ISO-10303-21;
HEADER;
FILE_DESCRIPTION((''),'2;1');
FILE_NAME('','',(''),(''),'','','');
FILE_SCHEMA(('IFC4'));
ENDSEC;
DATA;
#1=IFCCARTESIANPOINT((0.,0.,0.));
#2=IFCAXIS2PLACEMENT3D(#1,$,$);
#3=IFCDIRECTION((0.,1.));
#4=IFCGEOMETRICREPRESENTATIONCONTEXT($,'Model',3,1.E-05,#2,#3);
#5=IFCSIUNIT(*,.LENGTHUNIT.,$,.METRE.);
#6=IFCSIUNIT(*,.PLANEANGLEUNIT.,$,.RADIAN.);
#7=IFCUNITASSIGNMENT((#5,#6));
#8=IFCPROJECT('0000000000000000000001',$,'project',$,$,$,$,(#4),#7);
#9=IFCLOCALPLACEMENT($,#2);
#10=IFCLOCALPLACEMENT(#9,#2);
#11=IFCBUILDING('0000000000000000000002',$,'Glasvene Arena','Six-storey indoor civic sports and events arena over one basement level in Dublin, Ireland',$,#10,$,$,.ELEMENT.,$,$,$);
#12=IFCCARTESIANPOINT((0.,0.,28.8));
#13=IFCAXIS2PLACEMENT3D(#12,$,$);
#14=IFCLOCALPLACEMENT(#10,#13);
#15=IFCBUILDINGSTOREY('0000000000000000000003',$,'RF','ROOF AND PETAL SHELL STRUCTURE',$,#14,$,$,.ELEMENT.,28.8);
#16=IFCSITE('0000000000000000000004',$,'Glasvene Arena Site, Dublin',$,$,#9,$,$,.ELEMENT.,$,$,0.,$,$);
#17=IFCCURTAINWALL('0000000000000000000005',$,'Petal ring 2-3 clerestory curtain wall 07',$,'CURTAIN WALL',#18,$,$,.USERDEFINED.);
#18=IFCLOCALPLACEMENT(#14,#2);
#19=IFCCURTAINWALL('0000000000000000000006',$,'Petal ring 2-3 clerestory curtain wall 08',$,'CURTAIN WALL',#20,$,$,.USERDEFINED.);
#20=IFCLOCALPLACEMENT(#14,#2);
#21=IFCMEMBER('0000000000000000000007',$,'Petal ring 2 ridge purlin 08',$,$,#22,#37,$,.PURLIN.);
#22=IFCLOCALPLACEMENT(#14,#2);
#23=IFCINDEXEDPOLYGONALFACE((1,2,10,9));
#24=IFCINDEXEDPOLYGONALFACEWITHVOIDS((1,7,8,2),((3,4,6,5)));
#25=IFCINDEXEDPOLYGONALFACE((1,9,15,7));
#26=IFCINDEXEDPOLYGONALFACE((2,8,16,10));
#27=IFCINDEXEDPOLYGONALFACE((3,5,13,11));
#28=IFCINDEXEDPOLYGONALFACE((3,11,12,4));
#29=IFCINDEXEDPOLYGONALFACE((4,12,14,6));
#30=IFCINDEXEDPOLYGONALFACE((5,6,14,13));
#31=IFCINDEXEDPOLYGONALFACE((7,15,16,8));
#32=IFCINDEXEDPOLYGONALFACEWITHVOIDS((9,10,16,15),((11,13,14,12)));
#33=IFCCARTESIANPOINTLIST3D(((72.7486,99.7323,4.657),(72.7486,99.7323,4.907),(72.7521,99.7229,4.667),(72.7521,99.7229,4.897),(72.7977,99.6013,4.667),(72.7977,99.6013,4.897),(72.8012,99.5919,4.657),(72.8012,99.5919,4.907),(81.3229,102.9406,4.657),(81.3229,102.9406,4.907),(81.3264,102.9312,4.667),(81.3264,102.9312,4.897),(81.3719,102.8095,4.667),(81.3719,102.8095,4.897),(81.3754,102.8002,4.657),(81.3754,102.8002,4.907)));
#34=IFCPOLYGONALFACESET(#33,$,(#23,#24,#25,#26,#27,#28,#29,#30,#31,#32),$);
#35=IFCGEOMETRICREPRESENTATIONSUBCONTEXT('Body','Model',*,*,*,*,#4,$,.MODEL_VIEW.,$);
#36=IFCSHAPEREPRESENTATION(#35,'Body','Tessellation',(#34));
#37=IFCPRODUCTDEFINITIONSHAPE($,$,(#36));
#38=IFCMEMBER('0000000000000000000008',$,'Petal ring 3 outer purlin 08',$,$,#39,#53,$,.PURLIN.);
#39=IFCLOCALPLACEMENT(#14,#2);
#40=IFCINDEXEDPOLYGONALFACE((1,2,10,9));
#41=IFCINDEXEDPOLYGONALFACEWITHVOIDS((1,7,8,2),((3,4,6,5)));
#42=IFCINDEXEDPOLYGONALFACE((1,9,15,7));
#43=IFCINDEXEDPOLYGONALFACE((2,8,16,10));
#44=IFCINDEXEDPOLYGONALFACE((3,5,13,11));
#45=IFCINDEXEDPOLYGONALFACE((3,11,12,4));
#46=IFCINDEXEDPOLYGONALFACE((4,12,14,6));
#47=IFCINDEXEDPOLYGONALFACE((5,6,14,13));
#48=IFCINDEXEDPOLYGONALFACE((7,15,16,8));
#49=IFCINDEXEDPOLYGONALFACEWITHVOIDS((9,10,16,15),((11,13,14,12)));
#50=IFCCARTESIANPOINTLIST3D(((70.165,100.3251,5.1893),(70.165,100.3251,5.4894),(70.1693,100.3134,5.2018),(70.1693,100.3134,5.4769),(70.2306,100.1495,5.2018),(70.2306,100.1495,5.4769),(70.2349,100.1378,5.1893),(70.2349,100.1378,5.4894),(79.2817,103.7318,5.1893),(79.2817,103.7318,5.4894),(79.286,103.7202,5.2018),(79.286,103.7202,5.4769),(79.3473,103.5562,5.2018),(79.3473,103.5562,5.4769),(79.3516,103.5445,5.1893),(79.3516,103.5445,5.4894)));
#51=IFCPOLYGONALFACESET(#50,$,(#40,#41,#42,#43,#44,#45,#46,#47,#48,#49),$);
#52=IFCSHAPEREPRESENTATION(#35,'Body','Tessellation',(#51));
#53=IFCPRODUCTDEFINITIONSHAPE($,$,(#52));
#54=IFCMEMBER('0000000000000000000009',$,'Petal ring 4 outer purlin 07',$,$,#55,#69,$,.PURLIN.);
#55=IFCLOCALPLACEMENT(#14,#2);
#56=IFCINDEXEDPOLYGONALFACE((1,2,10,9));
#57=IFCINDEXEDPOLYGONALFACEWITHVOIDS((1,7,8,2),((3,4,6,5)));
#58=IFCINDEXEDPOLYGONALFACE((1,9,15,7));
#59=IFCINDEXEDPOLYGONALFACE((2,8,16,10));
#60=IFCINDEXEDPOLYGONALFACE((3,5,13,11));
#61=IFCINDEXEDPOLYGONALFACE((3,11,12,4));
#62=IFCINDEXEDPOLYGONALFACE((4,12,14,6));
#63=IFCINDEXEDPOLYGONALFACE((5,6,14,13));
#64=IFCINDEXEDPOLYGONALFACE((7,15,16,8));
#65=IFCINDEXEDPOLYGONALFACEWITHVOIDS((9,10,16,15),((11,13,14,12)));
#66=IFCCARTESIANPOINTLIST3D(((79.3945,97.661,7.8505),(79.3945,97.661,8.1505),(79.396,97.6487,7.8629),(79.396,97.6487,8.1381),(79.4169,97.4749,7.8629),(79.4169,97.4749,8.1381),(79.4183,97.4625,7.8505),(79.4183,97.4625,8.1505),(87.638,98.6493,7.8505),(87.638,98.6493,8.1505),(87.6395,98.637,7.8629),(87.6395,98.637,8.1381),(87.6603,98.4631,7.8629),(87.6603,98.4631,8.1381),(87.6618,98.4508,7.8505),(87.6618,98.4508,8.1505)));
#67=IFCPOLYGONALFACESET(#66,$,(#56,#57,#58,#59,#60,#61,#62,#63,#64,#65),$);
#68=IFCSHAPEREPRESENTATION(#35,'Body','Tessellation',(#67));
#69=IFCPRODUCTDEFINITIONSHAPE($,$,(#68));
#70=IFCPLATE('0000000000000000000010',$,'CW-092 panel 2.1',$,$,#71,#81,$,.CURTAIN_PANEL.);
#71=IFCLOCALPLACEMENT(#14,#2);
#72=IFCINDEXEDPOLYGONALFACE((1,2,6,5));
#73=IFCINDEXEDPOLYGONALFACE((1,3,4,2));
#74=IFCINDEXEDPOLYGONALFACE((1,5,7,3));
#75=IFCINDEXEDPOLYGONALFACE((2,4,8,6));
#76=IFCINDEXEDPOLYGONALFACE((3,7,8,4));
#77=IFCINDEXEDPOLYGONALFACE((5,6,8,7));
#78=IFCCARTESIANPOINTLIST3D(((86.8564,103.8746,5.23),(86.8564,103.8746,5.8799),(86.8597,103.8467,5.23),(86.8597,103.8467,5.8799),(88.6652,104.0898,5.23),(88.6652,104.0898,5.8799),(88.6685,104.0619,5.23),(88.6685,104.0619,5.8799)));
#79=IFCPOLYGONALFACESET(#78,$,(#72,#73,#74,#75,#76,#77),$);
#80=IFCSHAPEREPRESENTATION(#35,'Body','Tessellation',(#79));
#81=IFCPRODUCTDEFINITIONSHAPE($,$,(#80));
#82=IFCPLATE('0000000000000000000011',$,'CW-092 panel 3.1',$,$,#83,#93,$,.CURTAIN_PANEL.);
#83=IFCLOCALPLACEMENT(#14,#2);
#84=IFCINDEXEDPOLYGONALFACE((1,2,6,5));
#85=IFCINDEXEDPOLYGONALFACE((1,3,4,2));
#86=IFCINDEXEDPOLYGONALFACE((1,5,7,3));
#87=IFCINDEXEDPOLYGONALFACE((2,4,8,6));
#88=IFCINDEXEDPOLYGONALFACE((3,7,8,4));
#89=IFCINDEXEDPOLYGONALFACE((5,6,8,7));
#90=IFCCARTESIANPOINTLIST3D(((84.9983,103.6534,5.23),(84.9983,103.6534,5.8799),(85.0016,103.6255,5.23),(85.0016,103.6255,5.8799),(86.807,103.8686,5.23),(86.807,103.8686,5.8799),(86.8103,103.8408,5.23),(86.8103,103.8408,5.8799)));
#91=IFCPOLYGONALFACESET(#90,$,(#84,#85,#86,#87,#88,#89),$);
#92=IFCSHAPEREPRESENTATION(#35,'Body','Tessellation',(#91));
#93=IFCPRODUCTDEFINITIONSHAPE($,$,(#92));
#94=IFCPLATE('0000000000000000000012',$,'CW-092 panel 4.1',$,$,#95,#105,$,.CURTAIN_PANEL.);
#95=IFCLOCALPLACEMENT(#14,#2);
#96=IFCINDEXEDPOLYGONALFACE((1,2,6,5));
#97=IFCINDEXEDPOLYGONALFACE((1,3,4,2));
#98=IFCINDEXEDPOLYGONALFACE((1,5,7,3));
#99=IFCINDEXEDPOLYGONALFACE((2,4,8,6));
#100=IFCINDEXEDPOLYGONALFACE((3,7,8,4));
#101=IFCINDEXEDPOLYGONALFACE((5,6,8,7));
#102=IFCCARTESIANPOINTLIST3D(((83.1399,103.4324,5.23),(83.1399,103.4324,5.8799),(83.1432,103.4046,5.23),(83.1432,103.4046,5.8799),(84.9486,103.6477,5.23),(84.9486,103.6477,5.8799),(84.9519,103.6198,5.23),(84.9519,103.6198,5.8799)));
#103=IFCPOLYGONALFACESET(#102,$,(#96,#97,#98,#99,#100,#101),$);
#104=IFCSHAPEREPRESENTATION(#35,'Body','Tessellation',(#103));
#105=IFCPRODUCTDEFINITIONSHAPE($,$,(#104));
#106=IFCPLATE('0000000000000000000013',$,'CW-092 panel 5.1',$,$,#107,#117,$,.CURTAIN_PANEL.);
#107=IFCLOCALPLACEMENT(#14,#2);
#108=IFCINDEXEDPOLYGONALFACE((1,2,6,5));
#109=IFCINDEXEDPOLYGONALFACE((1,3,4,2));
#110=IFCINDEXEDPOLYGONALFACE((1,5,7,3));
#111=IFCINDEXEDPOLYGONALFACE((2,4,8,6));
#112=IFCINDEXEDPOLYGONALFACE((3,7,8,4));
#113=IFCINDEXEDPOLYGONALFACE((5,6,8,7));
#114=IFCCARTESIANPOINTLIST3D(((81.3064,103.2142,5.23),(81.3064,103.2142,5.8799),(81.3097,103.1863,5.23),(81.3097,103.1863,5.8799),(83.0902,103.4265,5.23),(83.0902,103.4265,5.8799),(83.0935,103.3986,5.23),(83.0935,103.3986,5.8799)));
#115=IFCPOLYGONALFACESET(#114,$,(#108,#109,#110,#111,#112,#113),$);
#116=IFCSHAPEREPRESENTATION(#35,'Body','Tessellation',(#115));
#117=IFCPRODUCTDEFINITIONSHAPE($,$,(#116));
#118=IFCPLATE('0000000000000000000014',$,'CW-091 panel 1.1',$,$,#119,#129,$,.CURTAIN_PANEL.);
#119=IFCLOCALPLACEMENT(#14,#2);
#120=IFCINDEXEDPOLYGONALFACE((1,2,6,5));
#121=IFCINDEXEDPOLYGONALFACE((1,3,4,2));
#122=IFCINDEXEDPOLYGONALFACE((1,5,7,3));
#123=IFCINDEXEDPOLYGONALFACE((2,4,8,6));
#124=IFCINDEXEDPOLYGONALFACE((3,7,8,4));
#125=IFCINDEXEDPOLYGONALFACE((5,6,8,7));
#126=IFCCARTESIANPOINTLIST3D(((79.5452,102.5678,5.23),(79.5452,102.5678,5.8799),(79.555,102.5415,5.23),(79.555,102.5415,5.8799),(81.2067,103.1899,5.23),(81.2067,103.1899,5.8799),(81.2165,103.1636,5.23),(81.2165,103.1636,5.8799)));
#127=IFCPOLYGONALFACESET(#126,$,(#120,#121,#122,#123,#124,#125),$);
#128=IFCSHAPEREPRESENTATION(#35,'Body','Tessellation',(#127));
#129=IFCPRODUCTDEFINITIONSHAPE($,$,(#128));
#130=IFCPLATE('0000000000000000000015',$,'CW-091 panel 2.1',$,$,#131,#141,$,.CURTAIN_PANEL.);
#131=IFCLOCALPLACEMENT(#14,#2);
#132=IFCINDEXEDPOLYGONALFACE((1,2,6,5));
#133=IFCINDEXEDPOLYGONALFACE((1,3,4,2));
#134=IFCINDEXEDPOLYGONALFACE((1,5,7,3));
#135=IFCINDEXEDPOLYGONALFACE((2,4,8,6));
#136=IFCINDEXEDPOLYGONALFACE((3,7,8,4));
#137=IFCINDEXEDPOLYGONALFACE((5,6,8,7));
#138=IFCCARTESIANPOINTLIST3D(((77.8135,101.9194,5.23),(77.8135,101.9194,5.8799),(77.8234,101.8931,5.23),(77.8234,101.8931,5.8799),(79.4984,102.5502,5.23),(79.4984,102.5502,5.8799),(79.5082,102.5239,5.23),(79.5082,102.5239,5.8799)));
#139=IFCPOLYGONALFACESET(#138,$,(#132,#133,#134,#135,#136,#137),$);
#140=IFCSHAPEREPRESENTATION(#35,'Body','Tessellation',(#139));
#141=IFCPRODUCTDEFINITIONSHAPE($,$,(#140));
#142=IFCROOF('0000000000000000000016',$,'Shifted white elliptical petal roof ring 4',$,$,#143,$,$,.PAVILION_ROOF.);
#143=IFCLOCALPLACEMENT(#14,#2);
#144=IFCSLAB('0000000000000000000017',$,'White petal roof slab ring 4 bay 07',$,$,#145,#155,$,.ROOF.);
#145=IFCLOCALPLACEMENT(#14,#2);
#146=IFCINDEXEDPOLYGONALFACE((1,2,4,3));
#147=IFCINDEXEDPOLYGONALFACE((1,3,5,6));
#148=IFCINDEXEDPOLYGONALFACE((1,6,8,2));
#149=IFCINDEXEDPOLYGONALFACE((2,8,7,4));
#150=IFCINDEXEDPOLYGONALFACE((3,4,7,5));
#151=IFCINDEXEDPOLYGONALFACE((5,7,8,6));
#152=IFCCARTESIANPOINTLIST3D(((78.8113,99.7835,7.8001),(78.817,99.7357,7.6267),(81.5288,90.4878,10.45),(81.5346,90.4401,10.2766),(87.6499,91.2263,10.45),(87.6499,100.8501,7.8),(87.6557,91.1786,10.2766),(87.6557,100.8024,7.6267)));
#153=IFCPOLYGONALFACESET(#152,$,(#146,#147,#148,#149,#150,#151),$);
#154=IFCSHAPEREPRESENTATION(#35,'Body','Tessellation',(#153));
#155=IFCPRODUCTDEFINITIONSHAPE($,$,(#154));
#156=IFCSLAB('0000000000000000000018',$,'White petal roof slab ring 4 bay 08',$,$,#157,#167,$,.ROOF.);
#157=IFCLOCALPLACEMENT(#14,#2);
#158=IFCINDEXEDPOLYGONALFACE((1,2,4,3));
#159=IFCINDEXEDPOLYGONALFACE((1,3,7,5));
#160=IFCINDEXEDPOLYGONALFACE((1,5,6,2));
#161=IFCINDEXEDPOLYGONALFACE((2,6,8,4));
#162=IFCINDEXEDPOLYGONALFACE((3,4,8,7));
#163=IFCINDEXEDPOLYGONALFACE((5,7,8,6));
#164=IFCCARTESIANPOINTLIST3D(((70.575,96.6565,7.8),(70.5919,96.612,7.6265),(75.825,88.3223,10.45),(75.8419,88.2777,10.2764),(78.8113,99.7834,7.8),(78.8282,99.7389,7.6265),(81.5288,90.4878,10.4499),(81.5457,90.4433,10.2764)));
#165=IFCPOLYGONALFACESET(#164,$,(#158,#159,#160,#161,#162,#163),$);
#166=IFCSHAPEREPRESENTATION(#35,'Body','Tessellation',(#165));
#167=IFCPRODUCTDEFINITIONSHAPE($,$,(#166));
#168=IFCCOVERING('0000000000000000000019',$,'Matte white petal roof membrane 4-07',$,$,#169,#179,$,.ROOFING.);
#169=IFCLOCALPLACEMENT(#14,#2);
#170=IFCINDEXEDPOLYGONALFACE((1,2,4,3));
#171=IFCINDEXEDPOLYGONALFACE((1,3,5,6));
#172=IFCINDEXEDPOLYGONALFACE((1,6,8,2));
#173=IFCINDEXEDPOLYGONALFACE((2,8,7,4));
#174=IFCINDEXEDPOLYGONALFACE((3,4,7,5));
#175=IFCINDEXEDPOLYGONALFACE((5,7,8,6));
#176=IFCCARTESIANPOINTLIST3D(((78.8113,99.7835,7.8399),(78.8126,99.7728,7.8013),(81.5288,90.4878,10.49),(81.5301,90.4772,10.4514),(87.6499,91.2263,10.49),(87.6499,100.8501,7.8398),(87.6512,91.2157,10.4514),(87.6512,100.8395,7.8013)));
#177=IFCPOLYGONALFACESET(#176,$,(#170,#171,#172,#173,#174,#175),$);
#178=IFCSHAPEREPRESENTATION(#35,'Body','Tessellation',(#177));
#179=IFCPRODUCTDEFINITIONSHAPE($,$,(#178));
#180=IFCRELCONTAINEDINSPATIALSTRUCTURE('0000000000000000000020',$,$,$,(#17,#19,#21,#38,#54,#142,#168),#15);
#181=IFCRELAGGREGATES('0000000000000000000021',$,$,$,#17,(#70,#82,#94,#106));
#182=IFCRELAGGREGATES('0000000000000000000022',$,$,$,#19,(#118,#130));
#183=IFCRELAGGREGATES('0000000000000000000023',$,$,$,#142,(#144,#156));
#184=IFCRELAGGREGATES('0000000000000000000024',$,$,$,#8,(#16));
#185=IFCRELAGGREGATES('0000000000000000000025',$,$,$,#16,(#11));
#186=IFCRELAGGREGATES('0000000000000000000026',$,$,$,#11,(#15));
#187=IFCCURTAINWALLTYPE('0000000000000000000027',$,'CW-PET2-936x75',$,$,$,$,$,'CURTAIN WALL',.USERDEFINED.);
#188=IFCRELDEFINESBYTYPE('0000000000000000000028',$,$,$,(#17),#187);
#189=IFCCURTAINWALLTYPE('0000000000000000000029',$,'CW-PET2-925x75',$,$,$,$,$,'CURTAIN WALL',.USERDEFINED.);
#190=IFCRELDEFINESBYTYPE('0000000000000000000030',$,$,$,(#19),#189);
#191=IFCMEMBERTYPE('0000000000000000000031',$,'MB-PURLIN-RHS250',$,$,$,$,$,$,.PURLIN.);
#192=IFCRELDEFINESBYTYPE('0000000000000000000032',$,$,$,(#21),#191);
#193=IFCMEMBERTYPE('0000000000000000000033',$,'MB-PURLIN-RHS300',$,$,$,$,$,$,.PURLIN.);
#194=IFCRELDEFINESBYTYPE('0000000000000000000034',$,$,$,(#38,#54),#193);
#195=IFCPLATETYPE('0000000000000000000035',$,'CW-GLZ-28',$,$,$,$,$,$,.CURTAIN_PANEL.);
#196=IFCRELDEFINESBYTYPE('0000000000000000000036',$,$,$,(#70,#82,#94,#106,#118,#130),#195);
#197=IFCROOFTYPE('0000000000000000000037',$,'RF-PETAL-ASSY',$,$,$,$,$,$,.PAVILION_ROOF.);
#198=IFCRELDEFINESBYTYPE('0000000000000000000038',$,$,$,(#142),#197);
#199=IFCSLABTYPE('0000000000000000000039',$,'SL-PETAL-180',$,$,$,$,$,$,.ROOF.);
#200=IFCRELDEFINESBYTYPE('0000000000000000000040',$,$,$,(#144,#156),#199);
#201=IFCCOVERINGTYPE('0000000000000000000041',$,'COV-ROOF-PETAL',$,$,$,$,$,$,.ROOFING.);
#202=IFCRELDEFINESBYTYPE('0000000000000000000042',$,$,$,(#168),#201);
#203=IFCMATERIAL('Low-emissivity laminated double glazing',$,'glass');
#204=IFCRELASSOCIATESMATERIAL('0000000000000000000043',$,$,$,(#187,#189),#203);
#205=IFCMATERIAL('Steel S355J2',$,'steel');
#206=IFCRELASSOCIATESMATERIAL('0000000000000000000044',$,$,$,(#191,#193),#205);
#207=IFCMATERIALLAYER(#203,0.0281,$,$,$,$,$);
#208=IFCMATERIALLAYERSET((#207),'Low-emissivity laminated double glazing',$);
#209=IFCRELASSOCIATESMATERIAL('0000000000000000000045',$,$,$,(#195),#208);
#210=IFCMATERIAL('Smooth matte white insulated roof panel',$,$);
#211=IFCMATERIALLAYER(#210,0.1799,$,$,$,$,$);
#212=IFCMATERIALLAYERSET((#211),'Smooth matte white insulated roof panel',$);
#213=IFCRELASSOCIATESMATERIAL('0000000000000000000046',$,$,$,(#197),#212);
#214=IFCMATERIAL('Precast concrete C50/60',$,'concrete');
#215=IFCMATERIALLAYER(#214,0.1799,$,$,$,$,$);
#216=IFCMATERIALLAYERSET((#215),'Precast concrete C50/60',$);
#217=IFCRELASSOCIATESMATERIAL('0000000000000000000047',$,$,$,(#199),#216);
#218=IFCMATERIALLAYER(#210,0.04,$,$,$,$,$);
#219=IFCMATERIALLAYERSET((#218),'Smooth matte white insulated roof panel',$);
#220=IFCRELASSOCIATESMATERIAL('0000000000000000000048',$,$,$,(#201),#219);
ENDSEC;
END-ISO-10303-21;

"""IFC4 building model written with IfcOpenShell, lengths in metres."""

from ifc_helpers import new_model, si_unit, direction, frame, origin, origin_2d, place, context, subcontext, project, spatial, polyline, rectangle, hollow_rectangle, outline, extrude, material, layer, layer_set, material_profile, profile_set, type_object, element, aggregate, save


model = new_model("IFC4")

# Units and contexts
model_context = context("Model", 3, precision=1e-05, world=origin(), true_north=direction((0.0, 1.0)))
body_context = subcontext(model_context, "Body", "Model", "MODEL_VIEW")
ifc_project = project(units=[si_unit("LENGTHUNIT", "METRE"), si_unit("PLANEANGLEUNIT", "RADIAN")], contexts=[model_context])

# Site, building, storey
site_placement = place(None, origin())
site = spatial("IfcSite", under=ifc_project, at=site_placement, Name="Glasvene Arena Site, Dublin", CompositionType="ELEMENT", RefElevation=0.0)
building_placement = place(site_placement, origin())
building = spatial("IfcBuilding", under=site, at=building_placement, Name="Glasvene Arena", Description="Six-storey indoor civic sports and events arena over one basement level in Dublin, Ireland", CompositionType="ELEMENT")
storey_placement = place(building_placement, frame((0.0, 0.0, 28.8)))
storey = spatial("IfcBuildingStorey", under=building, at=storey_placement, Name="RF", Description="ROOF AND PETAL SHELL STRUCTURE", CompositionType="ELEMENT", Elevation=28.8)

# Curtain walls
ifc_material_1 = material(Name="Low-emissivity laminated double glazing", Category="glass")
curtain_wall_type_1 = type_object("IfcCurtainWallType", Name="CW-PET2-936x75", ElementType="CURTAIN WALL", PredefinedType="USERDEFINED", material=ifc_material_1)
curtain_wall_1_placement = place(storey_placement, frame((90.55, 104.3, 0.0)))
curtain_wall_1 = element("IfcCurtainWall", 1, at=curtain_wall_1_placement, inside=storey, type_object=curtain_wall_type_1, Name="Petal ring 2-3 clerestory curtain wall 07", ObjectType="CURTAIN WALL", PredefinedType="USERDEFINED")
curtain_wall_type_2 = type_object("IfcCurtainWallType", Name="CW-PET2-925x75", ElementType="CURTAIN WALL", PredefinedType="USERDEFINED", material=ifc_material_1)
curtain_wall_2_placement = place(storey_placement, frame((81.2583, 103.1943, 0.0)))
curtain_wall_2 = element("IfcCurtainWall", 2, at=curtain_wall_2_placement, inside=storey, type_object=curtain_wall_type_2, Name="Petal ring 2-3 clerestory curtain wall 08", ObjectType="CURTAIN WALL", PredefinedType="USERDEFINED")

# Members
ifc_material_2 = material(Name="Steel S355J2", Category="steel")
ifc_material_profile_1 = material_profile(ifc_material_2, hollow_rectangle(XDim=0.1499, YDim=0.25, WallThickness=0.01, at=origin_2d()), Name="RHS 250x150x10.0")
ifc_profile_set_1 = profile_set([ifc_material_profile_1], Name="Steel S355J2")
member_type_1 = type_object("IfcMemberType", Name="MB-PURLIN-RHS250", PredefinedType="PURLIN", material=ifc_profile_set_1)
member_1_placement = place(storey_placement, frame((81.3491, 102.8704, 4.782), z_axis=(-0.936583, -0.350445, 0.0), x_axis=(0.350445, -0.936583, 0.0)))
element("IfcMember", 3, at=member_1_placement, inside=storey, type_object=member_type_1, Name="Petal ring 2 ridge purlin 08", PredefinedType="PURLIN", context=body_context, shape_type="SweptSolid", body=[
    extrude(hollow_rectangle(XDim=0.1499, YDim=0.25, WallThickness=0.01, at=origin_2d()), origin(), (0.0, 0.0, 1.0), 9.1548),
])
ifc_material_profile_2 = material_profile(ifc_material_2, hollow_rectangle(XDim=0.2, YDim=0.3, WallThickness=0.0125, at=origin_2d()), Name="RHS 300x200x12.5")
ifc_profile_set_2 = profile_set([ifc_material_profile_2], Name="Steel S355J2")
member_type_2 = type_object("IfcMemberType", Name="MB-PURLIN-RHS300", PredefinedType="PURLIN", material=ifc_profile_set_2)
member_2_placement = place(storey_placement, frame((79.3167, 103.6382, 5.3394), z_axis=(-0.936735, -0.35004, 0.0), x_axis=(0.35004, -0.936735, 0.0)))
element("IfcMember", 4, at=member_2_placement, inside=storey, type_object=member_type_2, Name="Petal ring 3 outer purlin 08", PredefinedType="PURLIN", context=body_context, shape_type="SweptSolid", body=[
    extrude(hollow_rectangle(XDim=0.2, YDim=0.3, WallThickness=0.0125, at=origin_2d()), origin(), (0.0, 0.0, 1.0), 9.7324),
])
member_3_placement = place(storey_placement, frame((87.6499, 98.55, 8.0005), z_axis=(-0.99289, -0.119035, 0.0), x_axis=(0.119035, -0.99289, 0.0)))
element("IfcMember", 5, at=member_3_placement, inside=storey, type_object=member_type_2, Name="Petal ring 4 outer purlin 07", PredefinedType="PURLIN", context=body_context, shape_type="SweptSolid", body=[
    extrude(hollow_rectangle(XDim=0.2, YDim=0.3, WallThickness=0.0125, at=origin_2d()), origin(), (0.0, 0.0, 1.0), 8.3025),
])

# Plates
ifc_layer_1 = layer(ifc_material_1, 0.0281)
ifc_layer_set_1 = layer_set([ifc_layer_1], Name="Low-emissivity laminated double glazing")
plate_type = type_object("IfcPlateType", Name="CW-GLZ-28", PredefinedType="CURTAIN_PANEL", material=ifc_layer_set_1)
plate_1_placement = place(storey_placement, frame((87.7625, 103.9683, 5.23), z_axis=(0.0, 0.0, 1.0), x_axis=(-0.992994, -0.118166, 0.0)))
plate_1 = element("IfcPlate", 6, at=plate_1_placement, type_object=plate_type, Name="CW-092 panel 2.1", PredefinedType="CURTAIN_PANEL", context=body_context, shape_type="SweptSolid", body=[
    extrude(rectangle(XDim=1.8215, YDim=0.0281, at=origin_2d()), origin(), (0.0, 0.0, 1.0), 0.6499),
])
plate_2_placement = place(storey_placement, frame((85.9043, 103.7471, 5.23), z_axis=(0.0, 0.0, 1.0), x_axis=(-0.992994, -0.118166, 0.0)))
plate_2 = element("IfcPlate", 7, at=plate_2_placement, type_object=plate_type, Name="CW-092 panel 3.1", PredefinedType="CURTAIN_PANEL", context=body_context, shape_type="SweptSolid", body=[
    extrude(rectangle(XDim=1.8215, YDim=0.0281, at=origin_2d()), origin(), (0.0, 0.0, 1.0), 0.6499),
])
plate_3_placement = place(storey_placement, frame((84.0459, 103.5261, 5.23), z_axis=(0.0, 0.0, 1.0), x_axis=(-0.992994, -0.118166, 0.0)))
plate_3 = element("IfcPlate", 8, at=plate_3_placement, type_object=plate_type, Name="CW-092 panel 4.1", PredefinedType="CURTAIN_PANEL", context=body_context, shape_type="SweptSolid", body=[
    extrude(rectangle(XDim=1.8215, YDim=0.0281, at=origin_2d()), origin(), (0.0, 0.0, 1.0), 0.6499),
])
plate_4_placement = place(storey_placement, frame((82.2, 103.3064, 5.23), z_axis=(0.0, 0.0, 1.0), x_axis=(-0.992994, -0.118166, 0.0)))
plate_4 = element("IfcPlate", 9, at=plate_4_placement, type_object=plate_type, Name="CW-092 panel 5.1", PredefinedType="CURTAIN_PANEL", context=body_context, shape_type="SweptSolid", body=[
    extrude(rectangle(XDim=1.7964, YDim=0.0281, at=origin_2d()), origin(), (0.0, 0.0, 1.0), 0.6499),
])
aggregate(curtain_wall_1, [plate_1, plate_2, plate_3, plate_4])
plate_5_placement = place(storey_placement, frame((80.3809, 102.8657, 5.23), z_axis=(0.0, 0.0, 1.0), x_axis=(-0.93651, -0.35064, 0.0)))
plate_5 = element("IfcPlate", 10, at=plate_5_placement, type_object=plate_type, Name="CW-091 panel 1.1", PredefinedType="CURTAIN_PANEL", context=body_context, shape_type="SweptSolid", body=[
    extrude(rectangle(XDim=1.7742, YDim=0.0281, at=origin_2d()), origin(), (0.0, 0.0, 1.0), 0.6499),
])
plate_6_placement = place(storey_placement, frame((78.6609, 102.2217, 5.23), z_axis=(0.0, 0.0, 1.0), x_axis=(-0.93651, -0.35064, 0.0)))
plate_6 = element("IfcPlate", 11, at=plate_6_placement, type_object=plate_type, Name="CW-091 panel 2.1", PredefinedType="CURTAIN_PANEL", context=body_context, shape_type="SweptSolid", body=[
    extrude(rectangle(XDim=1.7991, YDim=0.0281, at=origin_2d()), origin(), (0.0, 0.0, 1.0), 0.6499),
])
aggregate(curtain_wall_2, [plate_5, plate_6])

# Roof, slabs
ifc_material_3 = material(Name="Smooth matte white insulated roof panel")
ifc_layer_2 = layer(ifc_material_3, 0.1799)
ifc_layer_set_2 = layer_set([ifc_layer_2], Name="Smooth matte white insulated roof panel")
roof_type = type_object("IfcRoofType", Name="RF-PETAL-ASSY", PredefinedType="PAVILION_ROOF", material=ifc_layer_set_2)
roof_placement = place(storey_placement, frame((87.6499, 69.55, 7.8)))
roof = element("IfcRoof", 12, at=roof_placement, inside=storey, type_object=roof_type, Name="Shifted white elliptical petal roof ring 4", PredefinedType="PAVILION_ROOF")
ifc_material_4 = material(Name="Precast concrete C50/60", Category="concrete")
ifc_layer_3 = layer(ifc_material_4, 0.1799)
ifc_layer_set_3 = layer_set([ifc_layer_3], Name="Precast concrete C50/60")
slab_type = type_object("IfcSlabType", Name="SL-PETAL-180", PredefinedType="ROOF", material=ifc_layer_set_3)
slab_1_placement = place(storey_placement, frame((87.6499, 100.8501, 7.8), z_axis=(-0.032018, 0.265336, 0.963624), x_axis=(-0.992797, -0.119811, 0.000003)))
slab_1 = element("IfcSlab", 13, at=slab_1_placement, type_object=slab_type, Name="White petal roof slab ring 4 bay 07", PredefinedType="ROOF", context=body_context, shape_type="SweptSolid", body=[
    extrude(outline(polyline([(0.0, 0.0), (8.9028, 0.0), (7.3185, 9.915), (1.153, 9.9151), (0.0, 0.0)])), origin(), (0.0, 0.0, -1.0), 0.1799),
])
slab_2_placement = place(storey_placement, frame((78.8113, 99.7834, 7.8), z_axis=(-0.093942, 0.247439, 0.964339), x_axis=(-0.934891, -0.354935, -0.000001)))
slab_2 = element("IfcSlab", 14, at=slab_2_placement, type_object=slab_type, Name="White petal roof slab ring 4 bay 08", PredefinedType="ROOF", context=body_context, shape_type="SweptSolid", body=[
    extrude(outline(polyline([(0.0, 0.0), (8.8099, 0.0), (6.8599, 10.012), (0.7588, 10.012), (0.0, 0.0)])), origin(), (0.0, 0.0, -1.0), 0.1799),
])
aggregate(roof, [slab_1, slab_2])

# Covering
ifc_layer_4 = layer(ifc_material_3, 0.04)
ifc_layer_set_4 = layer_set([ifc_layer_4], Name="Smooth matte white insulated roof panel")
covering_type = type_object("IfcCoveringType", Name="COV-ROOF-PETAL", PredefinedType="ROOFING", material=ifc_layer_set_4)
covering_placement = place(storey_placement, frame((87.6499, 100.8501, 7.8398), z_axis=(-0.032021, 0.265359, 0.963618), x_axis=(-0.992797, -0.119811, 0.000003)))
element("IfcCovering", 15, at=covering_placement, inside=storey, type_object=covering_type, Name="Matte white petal roof membrane 4-07", PredefinedType="ROOFING", context=body_context, shape_type="SweptSolid", body=[
    extrude(outline(polyline([(0.0, 0.0), (8.9028, 0.0), (7.3185, 9.915), (1.153, 9.9152), (0.0, 0.0)])), origin(), (0.0, 0.0, -1.0), 0.04),
])

save(model, "model.ifc")
